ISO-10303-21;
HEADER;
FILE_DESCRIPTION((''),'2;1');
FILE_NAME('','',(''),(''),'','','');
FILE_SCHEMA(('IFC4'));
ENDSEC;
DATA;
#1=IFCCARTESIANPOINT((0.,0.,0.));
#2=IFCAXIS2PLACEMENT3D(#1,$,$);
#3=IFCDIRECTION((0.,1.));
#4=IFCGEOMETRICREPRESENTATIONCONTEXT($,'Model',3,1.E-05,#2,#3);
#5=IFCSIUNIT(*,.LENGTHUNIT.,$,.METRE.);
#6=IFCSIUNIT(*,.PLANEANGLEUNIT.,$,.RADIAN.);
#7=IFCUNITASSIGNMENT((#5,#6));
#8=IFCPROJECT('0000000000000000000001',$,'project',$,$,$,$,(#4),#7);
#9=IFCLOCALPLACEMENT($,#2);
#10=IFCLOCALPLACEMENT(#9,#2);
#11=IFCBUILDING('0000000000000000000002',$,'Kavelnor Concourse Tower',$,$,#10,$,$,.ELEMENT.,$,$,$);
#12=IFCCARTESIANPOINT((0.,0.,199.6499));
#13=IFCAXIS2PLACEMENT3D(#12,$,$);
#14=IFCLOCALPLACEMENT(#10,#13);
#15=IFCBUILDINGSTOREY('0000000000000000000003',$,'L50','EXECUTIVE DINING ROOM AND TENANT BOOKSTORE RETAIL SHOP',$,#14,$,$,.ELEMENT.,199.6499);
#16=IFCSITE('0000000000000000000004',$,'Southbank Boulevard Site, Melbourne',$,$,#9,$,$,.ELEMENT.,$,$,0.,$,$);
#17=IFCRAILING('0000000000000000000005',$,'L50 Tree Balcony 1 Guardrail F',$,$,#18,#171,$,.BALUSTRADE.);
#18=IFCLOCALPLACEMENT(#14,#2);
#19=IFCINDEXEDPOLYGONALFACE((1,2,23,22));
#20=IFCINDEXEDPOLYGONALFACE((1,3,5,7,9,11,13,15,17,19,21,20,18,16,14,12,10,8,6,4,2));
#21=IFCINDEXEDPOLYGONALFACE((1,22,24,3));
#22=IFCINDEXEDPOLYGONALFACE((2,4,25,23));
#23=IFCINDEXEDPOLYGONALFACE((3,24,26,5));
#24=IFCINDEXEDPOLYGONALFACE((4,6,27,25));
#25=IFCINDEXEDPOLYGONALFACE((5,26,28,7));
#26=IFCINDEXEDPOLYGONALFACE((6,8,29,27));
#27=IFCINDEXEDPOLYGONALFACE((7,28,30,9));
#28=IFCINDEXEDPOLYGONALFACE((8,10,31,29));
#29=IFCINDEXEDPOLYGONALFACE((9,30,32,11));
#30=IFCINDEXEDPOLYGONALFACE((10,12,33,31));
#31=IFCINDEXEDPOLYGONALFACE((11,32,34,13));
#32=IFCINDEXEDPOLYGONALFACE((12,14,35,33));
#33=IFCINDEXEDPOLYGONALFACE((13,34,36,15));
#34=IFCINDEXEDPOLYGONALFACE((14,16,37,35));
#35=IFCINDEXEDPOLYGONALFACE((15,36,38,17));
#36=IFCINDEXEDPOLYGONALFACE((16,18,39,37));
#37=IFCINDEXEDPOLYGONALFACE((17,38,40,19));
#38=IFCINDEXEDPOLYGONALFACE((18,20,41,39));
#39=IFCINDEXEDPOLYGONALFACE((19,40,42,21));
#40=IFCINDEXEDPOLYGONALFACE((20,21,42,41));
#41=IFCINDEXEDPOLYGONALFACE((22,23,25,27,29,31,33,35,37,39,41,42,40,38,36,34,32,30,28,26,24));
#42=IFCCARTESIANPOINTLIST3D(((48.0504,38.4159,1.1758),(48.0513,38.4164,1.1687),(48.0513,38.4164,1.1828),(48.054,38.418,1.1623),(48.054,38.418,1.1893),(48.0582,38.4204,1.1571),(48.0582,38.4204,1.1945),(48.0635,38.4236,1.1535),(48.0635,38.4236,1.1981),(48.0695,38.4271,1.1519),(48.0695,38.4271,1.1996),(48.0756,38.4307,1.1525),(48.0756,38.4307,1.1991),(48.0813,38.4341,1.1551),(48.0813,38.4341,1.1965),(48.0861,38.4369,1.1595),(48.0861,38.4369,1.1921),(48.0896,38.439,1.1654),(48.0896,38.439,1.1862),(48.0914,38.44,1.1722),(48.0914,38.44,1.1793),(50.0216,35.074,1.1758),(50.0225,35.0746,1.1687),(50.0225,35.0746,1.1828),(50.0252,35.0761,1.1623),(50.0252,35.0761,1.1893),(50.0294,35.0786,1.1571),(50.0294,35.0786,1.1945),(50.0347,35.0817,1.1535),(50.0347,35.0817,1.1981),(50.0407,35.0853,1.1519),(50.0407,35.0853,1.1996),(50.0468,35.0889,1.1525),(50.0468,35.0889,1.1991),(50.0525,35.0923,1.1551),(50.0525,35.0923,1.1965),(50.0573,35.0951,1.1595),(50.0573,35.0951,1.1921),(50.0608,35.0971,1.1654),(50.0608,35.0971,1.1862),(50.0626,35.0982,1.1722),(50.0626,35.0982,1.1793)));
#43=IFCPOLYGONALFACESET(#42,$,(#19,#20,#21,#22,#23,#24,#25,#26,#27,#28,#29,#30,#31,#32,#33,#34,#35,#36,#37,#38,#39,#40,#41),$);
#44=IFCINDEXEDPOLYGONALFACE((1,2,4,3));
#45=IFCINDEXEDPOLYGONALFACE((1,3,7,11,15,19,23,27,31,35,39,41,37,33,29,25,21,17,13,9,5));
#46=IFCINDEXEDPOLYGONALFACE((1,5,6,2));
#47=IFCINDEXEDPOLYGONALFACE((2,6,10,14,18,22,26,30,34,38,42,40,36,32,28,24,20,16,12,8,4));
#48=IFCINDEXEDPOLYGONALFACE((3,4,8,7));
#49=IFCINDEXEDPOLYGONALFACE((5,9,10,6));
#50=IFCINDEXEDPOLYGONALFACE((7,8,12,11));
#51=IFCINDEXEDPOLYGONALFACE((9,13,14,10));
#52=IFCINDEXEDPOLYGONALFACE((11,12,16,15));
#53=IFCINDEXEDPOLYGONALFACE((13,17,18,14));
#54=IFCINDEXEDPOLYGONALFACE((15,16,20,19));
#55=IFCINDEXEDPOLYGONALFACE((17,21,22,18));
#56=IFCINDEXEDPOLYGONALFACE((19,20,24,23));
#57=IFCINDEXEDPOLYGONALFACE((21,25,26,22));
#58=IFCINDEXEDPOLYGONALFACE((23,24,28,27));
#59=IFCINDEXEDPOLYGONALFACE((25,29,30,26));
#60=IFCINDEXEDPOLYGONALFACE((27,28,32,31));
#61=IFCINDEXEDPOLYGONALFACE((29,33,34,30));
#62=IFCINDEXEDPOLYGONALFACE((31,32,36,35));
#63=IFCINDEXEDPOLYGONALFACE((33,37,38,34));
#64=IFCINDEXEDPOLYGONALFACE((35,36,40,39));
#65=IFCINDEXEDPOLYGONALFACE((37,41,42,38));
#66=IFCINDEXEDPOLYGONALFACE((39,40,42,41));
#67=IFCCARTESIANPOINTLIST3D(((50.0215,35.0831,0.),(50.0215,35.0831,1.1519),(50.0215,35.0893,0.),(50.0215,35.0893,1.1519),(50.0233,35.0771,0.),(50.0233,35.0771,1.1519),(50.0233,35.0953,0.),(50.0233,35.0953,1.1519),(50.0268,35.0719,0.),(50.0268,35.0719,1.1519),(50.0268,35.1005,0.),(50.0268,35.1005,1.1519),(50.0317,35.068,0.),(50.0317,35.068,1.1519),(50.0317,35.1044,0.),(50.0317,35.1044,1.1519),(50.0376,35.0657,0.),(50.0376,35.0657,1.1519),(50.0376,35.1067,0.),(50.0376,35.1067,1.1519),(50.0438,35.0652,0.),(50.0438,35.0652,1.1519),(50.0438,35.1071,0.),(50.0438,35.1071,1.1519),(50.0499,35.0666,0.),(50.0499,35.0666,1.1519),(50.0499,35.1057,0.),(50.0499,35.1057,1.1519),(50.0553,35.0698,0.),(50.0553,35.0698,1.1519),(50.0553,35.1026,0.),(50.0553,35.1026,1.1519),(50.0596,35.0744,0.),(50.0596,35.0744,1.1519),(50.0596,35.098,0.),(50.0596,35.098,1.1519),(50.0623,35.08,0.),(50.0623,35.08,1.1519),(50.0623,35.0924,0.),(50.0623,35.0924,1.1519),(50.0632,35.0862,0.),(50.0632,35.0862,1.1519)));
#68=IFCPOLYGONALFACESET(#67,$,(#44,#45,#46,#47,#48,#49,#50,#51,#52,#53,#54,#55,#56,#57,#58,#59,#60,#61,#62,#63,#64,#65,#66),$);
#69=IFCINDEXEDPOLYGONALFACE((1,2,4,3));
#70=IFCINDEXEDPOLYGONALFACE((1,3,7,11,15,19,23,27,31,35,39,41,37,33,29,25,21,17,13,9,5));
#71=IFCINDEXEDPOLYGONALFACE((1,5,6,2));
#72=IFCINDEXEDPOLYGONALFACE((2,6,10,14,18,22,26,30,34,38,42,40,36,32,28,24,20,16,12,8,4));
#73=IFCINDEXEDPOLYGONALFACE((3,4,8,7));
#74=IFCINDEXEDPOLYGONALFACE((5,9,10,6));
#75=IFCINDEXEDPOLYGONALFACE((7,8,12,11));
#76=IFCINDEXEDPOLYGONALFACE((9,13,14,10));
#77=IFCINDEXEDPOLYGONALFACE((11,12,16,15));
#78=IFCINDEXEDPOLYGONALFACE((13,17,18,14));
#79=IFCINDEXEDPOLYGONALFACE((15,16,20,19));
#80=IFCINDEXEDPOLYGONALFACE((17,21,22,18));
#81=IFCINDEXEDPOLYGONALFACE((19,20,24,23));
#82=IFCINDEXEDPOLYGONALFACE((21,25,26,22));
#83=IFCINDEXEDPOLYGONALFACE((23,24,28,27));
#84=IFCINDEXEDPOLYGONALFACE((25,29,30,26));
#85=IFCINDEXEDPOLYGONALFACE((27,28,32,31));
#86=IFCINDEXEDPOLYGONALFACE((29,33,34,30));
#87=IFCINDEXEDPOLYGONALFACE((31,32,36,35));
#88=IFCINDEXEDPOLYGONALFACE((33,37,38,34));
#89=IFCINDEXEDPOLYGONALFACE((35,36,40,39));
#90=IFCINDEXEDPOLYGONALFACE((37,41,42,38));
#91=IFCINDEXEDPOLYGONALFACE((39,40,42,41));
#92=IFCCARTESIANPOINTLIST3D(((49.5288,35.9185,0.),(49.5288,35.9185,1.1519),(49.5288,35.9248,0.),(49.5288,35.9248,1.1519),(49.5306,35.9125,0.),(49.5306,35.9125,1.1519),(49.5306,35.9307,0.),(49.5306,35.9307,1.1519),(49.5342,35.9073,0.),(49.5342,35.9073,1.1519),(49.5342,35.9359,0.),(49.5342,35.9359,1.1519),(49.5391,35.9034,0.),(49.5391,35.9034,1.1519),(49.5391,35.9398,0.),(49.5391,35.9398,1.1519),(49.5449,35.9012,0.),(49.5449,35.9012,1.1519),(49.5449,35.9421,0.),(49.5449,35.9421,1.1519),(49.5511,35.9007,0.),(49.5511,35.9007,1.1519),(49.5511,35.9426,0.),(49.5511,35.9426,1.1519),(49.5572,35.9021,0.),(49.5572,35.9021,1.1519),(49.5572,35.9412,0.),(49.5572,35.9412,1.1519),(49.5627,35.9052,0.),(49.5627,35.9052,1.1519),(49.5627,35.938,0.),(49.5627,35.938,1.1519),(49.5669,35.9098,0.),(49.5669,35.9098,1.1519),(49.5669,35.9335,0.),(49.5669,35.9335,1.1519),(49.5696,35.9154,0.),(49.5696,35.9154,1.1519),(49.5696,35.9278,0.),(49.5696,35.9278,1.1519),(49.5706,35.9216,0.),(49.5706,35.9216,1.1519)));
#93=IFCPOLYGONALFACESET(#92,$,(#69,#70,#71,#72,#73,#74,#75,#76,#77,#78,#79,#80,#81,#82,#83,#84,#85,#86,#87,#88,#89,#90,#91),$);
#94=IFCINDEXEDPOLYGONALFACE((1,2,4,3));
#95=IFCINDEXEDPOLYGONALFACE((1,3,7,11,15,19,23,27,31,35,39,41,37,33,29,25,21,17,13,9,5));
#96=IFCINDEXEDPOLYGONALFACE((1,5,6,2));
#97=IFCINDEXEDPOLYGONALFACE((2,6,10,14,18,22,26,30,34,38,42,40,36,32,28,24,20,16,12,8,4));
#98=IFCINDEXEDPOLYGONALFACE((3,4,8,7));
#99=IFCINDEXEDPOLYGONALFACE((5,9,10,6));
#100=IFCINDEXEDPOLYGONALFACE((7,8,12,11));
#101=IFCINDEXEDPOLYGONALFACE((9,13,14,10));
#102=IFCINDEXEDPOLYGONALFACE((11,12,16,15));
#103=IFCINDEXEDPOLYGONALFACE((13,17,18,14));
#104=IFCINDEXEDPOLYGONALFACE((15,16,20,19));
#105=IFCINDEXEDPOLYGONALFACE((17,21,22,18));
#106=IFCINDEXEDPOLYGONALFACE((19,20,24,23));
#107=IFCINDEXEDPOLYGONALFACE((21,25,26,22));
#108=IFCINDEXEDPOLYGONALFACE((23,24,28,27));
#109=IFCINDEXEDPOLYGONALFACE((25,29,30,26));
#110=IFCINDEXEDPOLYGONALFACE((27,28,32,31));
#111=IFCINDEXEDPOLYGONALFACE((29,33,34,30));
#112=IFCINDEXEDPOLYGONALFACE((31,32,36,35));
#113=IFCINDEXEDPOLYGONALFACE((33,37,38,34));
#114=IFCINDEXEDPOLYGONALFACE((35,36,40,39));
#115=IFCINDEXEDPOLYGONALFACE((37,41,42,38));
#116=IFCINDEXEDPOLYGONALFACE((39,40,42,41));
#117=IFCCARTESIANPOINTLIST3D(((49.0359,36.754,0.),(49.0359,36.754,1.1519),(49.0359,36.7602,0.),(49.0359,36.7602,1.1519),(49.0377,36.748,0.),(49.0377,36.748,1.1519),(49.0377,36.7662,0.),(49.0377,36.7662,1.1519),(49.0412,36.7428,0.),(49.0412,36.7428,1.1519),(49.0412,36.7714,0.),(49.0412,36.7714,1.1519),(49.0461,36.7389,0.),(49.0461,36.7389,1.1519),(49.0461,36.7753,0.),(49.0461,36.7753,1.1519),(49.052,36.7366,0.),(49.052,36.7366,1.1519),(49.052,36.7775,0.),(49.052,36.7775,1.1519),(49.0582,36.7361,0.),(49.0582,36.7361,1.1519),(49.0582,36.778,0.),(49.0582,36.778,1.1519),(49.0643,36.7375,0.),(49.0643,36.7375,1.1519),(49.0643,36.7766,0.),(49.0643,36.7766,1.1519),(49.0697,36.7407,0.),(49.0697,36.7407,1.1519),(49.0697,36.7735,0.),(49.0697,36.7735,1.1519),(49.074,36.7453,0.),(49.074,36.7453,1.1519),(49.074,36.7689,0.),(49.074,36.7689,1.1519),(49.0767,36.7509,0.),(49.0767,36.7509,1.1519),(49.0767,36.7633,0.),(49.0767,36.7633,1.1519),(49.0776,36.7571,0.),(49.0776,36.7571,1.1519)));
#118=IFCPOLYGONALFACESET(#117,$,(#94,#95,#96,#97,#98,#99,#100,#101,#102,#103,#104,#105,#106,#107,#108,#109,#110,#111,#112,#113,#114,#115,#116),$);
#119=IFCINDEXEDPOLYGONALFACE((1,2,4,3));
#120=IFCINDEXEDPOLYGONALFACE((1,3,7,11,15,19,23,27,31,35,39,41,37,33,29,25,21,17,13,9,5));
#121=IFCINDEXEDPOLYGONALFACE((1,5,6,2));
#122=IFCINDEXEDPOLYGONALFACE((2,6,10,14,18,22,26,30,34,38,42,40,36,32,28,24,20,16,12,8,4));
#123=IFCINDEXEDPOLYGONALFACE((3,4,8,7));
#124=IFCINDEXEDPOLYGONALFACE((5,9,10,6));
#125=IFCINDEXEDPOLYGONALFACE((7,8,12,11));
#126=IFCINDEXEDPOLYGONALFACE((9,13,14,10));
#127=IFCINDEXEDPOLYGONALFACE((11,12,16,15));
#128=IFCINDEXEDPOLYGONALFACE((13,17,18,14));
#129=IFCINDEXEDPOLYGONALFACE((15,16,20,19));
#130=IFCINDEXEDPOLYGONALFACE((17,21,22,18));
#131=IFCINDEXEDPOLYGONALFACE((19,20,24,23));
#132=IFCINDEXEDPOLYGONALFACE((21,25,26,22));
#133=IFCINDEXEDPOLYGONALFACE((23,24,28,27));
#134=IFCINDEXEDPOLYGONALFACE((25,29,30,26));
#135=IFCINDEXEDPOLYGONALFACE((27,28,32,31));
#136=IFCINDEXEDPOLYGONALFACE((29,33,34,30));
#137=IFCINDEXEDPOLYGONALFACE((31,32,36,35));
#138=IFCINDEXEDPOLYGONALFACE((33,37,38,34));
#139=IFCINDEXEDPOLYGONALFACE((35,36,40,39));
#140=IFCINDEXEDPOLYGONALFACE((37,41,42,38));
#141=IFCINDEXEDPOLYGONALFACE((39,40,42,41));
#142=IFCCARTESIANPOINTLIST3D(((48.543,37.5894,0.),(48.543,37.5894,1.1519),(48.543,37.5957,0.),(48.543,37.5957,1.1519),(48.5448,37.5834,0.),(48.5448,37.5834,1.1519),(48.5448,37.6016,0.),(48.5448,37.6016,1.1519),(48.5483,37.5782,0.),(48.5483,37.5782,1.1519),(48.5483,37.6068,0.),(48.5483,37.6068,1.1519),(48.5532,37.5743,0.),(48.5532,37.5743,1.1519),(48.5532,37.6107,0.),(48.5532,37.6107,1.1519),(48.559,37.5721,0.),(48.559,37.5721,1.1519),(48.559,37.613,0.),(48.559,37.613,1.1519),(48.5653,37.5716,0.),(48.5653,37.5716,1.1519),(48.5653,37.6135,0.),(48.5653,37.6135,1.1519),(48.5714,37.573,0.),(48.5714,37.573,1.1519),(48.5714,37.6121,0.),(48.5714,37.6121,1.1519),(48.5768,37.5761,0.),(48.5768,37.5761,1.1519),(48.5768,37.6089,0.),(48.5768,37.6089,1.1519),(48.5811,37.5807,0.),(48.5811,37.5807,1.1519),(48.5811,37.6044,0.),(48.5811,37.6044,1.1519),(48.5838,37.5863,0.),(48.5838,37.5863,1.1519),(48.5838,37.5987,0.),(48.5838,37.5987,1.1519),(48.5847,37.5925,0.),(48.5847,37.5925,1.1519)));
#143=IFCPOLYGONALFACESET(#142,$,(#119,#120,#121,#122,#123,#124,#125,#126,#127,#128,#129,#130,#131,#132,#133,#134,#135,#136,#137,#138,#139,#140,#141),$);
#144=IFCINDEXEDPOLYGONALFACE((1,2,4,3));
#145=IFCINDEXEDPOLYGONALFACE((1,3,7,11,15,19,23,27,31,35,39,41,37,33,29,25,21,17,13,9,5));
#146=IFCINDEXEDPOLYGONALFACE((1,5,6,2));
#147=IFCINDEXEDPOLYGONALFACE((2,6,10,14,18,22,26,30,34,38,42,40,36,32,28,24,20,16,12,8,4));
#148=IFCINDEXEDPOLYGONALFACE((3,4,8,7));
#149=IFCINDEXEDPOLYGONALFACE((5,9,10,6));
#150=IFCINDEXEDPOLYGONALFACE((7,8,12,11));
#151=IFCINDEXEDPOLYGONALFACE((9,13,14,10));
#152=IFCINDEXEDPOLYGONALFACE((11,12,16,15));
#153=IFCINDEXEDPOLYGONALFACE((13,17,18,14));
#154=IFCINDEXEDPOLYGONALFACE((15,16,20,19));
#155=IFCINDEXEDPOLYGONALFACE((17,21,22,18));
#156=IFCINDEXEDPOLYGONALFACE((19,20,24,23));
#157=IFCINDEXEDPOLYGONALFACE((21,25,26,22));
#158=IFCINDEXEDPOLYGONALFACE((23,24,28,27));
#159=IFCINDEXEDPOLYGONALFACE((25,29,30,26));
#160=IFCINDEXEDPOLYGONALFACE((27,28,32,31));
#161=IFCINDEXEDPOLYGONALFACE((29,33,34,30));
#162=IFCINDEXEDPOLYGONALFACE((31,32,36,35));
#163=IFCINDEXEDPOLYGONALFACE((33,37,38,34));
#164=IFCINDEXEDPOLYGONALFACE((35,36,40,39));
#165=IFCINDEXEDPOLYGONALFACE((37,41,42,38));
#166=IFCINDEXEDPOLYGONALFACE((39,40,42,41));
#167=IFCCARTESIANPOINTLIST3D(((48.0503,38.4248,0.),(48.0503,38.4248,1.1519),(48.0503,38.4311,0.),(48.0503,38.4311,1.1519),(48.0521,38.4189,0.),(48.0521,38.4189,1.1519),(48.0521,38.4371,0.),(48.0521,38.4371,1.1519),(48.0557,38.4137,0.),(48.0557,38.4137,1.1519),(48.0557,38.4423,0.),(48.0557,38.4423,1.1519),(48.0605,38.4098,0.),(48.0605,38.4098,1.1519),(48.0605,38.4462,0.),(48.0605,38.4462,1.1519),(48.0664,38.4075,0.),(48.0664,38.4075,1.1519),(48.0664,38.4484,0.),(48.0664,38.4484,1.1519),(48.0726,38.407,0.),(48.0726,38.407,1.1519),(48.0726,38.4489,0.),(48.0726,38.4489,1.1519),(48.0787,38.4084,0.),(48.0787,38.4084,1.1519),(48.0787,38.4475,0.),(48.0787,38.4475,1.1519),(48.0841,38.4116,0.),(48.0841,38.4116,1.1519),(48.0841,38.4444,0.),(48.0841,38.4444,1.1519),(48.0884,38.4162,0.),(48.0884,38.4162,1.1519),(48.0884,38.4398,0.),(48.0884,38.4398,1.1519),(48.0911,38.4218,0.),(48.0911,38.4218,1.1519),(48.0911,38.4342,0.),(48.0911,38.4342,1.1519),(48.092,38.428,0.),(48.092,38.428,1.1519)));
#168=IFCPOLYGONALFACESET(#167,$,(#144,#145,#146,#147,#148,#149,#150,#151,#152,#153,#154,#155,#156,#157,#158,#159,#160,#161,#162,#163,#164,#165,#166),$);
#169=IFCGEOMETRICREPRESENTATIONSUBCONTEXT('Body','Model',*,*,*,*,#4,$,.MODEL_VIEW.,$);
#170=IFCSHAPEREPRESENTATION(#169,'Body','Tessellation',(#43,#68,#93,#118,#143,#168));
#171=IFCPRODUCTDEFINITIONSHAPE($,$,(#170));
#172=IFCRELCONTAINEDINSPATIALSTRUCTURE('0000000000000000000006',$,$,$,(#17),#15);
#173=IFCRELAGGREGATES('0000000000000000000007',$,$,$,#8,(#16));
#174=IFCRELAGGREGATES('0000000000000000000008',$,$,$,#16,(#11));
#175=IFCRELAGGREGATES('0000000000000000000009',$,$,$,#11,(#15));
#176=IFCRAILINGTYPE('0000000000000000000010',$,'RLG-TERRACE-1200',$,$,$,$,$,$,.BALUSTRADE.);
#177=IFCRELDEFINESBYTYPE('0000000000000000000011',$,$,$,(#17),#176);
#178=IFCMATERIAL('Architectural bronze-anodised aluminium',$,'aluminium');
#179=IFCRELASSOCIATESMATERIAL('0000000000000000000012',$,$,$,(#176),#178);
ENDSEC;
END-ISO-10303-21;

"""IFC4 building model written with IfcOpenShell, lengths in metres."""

from ifc_helpers import new_model, si_unit, direction, frame, origin, origin_2d, place, context, subcontext, project, spatial, circle, extrude, material, type_object, element, save


model = new_model("IFC4")

# Units and contexts
model_context = context("Model", 3, precision=1e-05, world=origin(), true_north=direction((0.0, 1.0)))
body_context = subcontext(model_context, "Body", "Model", "MODEL_VIEW")
ifc_project = project(units=[si_unit("LENGTHUNIT", "METRE"), si_unit("PLANEANGLEUNIT", "RADIAN")], contexts=[model_context])

# Site, building, storey
site_placement = place(None, origin())
site = spatial("IfcSite", under=ifc_project, at=site_placement, Name="Southbank Boulevard Site, Melbourne", CompositionType="ELEMENT", RefElevation=0.0)
building_placement = place(site_placement, origin())
building = spatial("IfcBuilding", under=site, at=building_placement, Name="Kavelnor Concourse Tower", CompositionType="ELEMENT")
storey_placement = place(building_placement, frame((0.0, 0.0, 199.6499)))
storey = spatial("IfcBuildingStorey", under=building, at=storey_placement, Name="L50", Description="EXECUTIVE DINING ROOM AND TENANT BOOKSTORE RETAIL SHOP", CompositionType="ELEMENT", Elevation=199.6499)

# Railing
ifc_material_1 = material(Name="Architectural bronze-anodised aluminium", Category="aluminium")
railing_type = type_object("IfcRailingType", Name="RLG-TERRACE-1200", PredefinedType="BALUSTRADE", material=ifc_material_1)
railing_1_placement = place(storey_placement, frame((50.0422, 35.0862, 0.0)))
element("IfcRailing", 1, at=railing_1_placement, inside=storey, type_object=railing_type, Name="L50 Tree Balcony 1 Guardrail F", PredefinedType="BALUSTRADE", context=body_context, shape_type="SweptSolid", body=[
    extrude(circle(Radius=0.0239, at=origin_2d()), frame((0.0, 0.0, 1.1758), z_axis=(-0.508059, 0.861322, 0.0), x_axis=(-0.861322, -0.508059, 0.0)), (0.0, 0.0, 1.0), 3.8799),
    extrude(circle(Radius=0.021, at=origin_2d()), origin(), (0.0, 0.0, 1.0), 1.1519),
    extrude(circle(Radius=0.021, at=origin_2d()), frame((-0.4927, 0.8354, 0.0)), (0.0, 0.0, 1.0), 1.1519),
    extrude(circle(Radius=0.021, at=origin_2d()), frame((-0.9856, 1.6709, 0.0)), (0.0, 0.0, 1.0), 1.1519),
    extrude(circle(Radius=0.021, at=origin_2d()), frame((-1.4785, 2.5063, 0.0)), (0.0, 0.0, 1.0), 1.1519),
    extrude(circle(Radius=0.021, at=origin_2d()), frame((-1.9712, 3.3418, 0.0)), (0.0, 0.0, 1.0), 1.1519),
])

save(model, "model.ifc")
